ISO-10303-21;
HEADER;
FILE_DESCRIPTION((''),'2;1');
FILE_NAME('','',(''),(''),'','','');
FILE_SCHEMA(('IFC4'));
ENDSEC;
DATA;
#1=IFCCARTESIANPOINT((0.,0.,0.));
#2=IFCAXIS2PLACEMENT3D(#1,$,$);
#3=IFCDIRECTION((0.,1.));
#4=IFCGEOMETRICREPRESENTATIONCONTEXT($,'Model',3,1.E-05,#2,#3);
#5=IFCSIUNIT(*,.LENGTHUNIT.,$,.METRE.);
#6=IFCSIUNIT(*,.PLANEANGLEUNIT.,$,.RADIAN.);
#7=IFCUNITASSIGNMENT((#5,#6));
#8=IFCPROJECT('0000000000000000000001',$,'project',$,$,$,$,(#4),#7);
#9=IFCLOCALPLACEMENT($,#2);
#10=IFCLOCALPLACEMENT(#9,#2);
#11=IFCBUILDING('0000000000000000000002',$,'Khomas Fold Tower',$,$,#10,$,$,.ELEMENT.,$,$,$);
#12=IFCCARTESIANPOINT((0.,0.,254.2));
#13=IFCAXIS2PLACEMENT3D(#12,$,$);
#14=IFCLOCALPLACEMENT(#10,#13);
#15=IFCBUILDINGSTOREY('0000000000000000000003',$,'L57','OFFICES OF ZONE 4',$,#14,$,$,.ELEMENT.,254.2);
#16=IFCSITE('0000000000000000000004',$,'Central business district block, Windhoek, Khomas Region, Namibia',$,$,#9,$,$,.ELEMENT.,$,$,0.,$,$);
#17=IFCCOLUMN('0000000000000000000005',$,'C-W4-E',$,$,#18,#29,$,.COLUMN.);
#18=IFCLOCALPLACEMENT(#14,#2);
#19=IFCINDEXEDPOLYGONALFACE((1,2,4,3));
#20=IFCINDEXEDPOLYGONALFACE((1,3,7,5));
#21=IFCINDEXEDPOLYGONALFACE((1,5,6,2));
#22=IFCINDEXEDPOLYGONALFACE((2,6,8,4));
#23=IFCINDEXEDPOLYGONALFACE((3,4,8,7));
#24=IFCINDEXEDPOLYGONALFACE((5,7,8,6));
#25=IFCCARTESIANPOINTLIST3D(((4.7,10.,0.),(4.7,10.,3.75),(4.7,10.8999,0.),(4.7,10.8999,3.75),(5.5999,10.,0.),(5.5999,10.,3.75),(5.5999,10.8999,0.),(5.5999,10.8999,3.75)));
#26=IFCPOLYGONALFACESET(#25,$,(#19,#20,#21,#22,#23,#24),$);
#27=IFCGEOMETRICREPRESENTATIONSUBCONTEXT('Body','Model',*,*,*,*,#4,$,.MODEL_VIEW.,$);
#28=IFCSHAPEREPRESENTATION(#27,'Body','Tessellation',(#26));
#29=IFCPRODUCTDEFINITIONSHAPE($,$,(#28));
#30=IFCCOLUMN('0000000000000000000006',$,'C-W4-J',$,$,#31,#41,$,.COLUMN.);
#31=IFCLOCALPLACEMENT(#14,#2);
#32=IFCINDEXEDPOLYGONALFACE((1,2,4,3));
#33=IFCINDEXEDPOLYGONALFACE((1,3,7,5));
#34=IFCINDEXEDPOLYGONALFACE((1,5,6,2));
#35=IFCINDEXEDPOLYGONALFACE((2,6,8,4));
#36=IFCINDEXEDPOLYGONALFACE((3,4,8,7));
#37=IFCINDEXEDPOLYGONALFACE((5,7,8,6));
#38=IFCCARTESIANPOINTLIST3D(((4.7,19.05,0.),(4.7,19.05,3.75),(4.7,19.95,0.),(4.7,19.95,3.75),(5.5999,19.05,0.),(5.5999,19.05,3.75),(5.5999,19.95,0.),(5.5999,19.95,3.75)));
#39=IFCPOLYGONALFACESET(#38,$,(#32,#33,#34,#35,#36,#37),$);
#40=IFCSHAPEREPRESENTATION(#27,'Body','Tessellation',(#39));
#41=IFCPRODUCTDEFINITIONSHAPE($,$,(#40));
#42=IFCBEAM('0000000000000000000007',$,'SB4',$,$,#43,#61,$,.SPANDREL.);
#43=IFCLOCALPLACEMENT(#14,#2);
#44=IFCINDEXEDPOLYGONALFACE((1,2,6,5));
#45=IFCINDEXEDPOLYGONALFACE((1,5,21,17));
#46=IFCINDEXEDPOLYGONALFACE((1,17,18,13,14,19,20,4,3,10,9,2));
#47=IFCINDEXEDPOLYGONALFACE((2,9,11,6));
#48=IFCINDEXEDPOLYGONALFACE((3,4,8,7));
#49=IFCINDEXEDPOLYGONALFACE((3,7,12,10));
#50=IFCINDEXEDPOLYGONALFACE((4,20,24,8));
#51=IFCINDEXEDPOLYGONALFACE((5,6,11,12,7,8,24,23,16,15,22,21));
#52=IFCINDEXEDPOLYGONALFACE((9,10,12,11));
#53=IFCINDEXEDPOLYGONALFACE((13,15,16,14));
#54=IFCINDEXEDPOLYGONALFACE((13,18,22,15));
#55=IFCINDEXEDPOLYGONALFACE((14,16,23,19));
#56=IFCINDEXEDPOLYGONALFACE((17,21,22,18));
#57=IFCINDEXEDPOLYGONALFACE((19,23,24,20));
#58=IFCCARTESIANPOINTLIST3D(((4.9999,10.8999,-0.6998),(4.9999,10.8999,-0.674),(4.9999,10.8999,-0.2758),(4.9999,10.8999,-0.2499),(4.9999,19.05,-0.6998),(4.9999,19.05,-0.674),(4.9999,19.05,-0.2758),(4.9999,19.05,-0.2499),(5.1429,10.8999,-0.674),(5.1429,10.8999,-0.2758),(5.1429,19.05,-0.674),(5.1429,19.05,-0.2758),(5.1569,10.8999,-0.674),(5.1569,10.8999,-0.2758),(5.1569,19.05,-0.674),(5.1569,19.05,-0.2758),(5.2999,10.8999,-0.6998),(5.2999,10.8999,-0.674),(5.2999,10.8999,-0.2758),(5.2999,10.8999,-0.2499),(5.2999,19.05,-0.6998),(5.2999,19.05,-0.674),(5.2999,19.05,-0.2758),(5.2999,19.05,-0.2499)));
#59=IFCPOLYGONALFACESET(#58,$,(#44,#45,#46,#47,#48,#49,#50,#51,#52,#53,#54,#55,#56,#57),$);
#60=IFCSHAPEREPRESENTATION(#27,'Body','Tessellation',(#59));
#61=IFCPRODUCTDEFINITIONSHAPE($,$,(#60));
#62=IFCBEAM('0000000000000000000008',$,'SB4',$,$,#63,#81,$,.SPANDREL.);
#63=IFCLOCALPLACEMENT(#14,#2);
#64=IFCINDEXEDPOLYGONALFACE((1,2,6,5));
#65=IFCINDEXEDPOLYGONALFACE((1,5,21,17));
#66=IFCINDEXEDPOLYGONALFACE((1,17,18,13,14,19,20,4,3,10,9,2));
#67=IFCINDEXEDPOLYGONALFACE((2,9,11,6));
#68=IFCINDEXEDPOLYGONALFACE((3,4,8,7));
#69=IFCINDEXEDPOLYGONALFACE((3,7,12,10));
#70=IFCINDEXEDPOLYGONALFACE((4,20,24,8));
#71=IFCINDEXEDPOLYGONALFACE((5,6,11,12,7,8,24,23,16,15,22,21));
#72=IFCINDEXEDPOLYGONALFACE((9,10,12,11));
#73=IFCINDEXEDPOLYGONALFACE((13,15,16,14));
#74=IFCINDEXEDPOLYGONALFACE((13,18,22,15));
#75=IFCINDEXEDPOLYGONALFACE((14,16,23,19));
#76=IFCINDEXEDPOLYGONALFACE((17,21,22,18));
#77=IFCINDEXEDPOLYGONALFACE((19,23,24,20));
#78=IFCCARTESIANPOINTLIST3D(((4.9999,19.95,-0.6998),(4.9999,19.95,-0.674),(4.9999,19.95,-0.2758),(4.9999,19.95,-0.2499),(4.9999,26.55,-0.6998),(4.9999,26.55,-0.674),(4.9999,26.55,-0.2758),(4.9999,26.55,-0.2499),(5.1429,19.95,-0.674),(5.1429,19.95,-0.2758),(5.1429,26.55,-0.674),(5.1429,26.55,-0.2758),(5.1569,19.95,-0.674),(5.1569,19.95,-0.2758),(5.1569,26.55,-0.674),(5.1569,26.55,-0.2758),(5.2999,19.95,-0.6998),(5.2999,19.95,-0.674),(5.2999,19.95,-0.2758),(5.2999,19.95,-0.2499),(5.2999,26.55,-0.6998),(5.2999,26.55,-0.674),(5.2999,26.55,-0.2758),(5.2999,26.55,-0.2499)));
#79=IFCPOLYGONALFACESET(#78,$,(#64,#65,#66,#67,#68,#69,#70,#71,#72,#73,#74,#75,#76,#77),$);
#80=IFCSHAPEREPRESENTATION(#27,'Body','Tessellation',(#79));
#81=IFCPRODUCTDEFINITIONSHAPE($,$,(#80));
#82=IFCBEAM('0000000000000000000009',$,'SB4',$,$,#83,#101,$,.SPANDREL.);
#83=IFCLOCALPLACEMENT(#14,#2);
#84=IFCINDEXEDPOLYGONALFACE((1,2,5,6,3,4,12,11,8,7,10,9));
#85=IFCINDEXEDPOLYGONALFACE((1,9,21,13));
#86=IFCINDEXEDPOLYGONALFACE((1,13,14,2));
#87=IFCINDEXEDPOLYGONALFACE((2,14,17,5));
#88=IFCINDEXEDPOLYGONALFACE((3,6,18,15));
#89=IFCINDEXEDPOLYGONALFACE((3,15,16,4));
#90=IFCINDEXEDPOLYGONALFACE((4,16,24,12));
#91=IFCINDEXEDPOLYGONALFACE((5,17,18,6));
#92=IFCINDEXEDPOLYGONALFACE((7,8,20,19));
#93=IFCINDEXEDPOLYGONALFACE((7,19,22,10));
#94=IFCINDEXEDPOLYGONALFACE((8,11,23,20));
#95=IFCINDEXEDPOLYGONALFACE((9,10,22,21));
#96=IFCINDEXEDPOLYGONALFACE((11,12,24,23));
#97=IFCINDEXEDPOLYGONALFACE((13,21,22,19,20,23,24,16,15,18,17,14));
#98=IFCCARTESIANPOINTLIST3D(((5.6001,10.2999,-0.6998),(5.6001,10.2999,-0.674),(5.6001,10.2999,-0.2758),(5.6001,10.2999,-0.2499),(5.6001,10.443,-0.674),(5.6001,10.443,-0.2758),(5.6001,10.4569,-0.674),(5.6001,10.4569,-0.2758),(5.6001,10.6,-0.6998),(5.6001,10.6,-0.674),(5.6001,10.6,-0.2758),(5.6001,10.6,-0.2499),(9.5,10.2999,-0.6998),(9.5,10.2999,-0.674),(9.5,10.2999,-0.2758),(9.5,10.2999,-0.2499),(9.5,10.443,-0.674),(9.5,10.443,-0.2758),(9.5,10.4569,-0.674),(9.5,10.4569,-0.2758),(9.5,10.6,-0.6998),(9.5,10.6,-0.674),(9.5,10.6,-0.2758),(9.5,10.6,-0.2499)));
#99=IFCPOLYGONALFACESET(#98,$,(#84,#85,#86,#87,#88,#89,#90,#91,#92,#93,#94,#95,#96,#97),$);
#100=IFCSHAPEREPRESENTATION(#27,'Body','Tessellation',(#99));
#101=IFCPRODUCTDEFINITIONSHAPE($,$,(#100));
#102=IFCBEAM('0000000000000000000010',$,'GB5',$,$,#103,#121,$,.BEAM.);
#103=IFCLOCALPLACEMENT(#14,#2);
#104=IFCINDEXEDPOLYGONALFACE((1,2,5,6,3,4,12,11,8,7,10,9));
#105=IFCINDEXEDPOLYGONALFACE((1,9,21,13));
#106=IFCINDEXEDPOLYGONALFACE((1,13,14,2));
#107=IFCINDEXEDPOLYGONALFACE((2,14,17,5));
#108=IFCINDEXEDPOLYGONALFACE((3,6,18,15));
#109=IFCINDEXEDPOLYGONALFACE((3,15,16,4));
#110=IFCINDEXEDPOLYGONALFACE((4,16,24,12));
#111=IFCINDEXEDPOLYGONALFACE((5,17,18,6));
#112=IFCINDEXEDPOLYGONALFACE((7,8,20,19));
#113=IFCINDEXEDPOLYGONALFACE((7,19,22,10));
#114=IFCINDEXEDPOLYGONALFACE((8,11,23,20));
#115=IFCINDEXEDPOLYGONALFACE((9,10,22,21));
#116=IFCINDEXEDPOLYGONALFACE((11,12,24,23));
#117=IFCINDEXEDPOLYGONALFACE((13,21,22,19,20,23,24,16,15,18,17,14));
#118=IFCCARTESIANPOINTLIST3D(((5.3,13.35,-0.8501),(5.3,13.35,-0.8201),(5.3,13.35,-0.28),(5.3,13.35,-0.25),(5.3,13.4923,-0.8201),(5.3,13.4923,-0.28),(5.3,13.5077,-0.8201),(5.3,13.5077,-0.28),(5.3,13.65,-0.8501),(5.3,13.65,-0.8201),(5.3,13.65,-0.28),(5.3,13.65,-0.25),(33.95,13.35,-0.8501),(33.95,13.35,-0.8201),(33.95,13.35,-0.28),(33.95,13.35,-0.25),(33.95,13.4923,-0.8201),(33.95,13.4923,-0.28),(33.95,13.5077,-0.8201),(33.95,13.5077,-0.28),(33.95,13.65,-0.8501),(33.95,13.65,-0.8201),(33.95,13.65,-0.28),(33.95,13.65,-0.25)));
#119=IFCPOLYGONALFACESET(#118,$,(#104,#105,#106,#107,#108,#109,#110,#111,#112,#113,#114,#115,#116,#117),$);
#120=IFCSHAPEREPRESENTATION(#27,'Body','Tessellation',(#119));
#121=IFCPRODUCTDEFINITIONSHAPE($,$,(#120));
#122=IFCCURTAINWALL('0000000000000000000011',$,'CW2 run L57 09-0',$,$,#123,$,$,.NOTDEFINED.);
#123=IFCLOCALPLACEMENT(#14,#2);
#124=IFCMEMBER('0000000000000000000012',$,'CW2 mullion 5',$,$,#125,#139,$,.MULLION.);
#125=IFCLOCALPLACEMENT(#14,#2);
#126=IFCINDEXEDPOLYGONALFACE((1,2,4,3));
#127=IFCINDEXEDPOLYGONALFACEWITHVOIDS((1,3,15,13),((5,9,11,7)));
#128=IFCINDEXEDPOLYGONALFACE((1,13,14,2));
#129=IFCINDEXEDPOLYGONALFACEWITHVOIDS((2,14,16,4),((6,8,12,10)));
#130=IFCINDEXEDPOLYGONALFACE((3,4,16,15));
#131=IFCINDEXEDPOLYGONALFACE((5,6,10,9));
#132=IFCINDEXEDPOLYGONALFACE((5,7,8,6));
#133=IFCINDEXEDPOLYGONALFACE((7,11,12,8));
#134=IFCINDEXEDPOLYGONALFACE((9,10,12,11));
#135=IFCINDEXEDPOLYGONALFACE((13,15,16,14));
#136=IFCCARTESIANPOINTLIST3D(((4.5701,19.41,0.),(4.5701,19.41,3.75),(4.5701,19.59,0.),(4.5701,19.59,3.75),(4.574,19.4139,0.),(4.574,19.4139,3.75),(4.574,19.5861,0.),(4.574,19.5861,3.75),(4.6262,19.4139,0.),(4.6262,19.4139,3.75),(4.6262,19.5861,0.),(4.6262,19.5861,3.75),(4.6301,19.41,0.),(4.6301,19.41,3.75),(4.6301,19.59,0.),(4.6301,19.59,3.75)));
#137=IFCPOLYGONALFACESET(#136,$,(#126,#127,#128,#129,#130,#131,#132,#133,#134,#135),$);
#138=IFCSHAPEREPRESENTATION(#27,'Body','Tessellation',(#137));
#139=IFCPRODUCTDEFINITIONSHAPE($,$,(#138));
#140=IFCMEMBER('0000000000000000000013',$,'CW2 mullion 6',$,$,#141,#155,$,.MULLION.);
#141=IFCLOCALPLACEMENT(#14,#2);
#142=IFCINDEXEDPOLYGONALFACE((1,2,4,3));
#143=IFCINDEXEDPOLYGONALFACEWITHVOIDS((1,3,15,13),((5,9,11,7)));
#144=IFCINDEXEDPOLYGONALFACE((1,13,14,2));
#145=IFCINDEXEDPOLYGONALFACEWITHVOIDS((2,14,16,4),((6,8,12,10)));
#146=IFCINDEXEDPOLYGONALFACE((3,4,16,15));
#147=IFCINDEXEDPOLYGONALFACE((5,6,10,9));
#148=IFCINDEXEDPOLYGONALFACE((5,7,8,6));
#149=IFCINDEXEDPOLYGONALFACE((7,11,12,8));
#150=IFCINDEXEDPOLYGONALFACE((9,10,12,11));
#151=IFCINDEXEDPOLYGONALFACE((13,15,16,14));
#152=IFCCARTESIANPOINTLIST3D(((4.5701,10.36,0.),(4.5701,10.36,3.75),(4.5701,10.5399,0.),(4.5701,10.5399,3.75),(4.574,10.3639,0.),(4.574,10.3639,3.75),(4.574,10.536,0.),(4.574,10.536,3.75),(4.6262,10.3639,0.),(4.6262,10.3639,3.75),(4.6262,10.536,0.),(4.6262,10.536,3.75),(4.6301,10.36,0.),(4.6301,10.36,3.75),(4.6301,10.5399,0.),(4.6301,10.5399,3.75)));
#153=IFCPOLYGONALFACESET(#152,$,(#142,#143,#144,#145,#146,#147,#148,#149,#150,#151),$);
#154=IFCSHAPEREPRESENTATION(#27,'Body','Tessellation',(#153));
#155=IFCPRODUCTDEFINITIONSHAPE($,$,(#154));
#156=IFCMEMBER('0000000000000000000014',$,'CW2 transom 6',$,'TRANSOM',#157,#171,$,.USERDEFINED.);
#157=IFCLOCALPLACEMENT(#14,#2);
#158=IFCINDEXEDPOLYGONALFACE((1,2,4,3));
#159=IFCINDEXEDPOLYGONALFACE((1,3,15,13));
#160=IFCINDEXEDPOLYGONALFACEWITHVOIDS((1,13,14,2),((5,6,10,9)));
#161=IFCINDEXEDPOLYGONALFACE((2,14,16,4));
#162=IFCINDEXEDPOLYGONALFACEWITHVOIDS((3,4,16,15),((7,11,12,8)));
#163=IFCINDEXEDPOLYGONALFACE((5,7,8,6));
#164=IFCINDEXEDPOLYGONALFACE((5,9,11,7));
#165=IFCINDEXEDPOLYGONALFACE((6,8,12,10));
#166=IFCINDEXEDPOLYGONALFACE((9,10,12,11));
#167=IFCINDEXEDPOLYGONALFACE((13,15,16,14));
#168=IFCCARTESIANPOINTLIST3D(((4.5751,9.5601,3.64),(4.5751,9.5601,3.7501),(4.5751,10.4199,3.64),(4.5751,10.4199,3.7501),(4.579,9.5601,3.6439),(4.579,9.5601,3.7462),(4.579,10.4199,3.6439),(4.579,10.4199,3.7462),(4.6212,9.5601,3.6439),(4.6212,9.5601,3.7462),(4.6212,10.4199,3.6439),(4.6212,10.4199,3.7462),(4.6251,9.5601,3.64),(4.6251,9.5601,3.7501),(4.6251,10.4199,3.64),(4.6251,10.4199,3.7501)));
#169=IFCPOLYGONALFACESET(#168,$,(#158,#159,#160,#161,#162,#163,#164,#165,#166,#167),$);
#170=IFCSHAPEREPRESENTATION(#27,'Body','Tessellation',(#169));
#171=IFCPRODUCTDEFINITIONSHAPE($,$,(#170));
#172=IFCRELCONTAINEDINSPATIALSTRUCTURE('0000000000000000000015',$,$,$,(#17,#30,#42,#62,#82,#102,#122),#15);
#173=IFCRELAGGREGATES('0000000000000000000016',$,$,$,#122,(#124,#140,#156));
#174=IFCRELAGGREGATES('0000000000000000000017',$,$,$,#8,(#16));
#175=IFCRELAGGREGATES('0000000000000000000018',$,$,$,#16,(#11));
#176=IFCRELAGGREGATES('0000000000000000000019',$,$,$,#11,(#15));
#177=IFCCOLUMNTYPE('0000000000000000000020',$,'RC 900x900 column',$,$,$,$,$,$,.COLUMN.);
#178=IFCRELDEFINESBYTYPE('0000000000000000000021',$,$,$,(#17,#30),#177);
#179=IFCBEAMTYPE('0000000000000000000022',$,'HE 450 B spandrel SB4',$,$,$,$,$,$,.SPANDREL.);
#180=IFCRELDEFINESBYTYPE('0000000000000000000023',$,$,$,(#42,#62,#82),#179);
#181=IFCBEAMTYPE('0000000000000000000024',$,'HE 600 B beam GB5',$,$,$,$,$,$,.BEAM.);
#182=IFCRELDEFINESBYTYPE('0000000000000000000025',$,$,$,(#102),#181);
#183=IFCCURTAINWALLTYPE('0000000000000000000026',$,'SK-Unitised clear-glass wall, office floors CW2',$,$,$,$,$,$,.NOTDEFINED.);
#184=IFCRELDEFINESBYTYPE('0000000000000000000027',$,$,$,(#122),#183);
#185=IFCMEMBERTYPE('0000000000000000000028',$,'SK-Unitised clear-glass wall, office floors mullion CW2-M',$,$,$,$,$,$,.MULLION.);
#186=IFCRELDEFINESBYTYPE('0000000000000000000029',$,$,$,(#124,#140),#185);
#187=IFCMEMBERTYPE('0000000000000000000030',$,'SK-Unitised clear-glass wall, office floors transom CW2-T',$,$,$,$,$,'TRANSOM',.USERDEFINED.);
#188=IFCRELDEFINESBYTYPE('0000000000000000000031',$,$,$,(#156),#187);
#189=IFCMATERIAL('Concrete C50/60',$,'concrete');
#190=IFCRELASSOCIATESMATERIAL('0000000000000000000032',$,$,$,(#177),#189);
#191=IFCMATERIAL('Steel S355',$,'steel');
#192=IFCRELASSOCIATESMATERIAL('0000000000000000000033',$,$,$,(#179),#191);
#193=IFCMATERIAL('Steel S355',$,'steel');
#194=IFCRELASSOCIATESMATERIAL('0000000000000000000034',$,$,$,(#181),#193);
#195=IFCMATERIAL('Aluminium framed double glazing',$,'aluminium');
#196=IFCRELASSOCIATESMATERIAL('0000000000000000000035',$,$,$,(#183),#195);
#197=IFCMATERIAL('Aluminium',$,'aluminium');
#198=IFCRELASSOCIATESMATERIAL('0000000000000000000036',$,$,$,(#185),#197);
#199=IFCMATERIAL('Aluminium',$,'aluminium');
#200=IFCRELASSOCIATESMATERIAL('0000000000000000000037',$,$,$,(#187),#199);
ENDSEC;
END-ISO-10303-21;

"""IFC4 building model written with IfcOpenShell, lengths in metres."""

from ifc_helpers import new_model, si_unit, direction, frame, origin, origin_2d, place, context, subcontext, project, spatial, rectangle, hollow_rectangle, i_section, extrude, source, transform, mapped, material, material_profile, profile_set, type_object, element, aggregate, save


model = new_model("IFC4")

# Units and contexts
model_context = context("Model", 3, precision=1e-05, world=origin(), true_north=direction((0.0, 1.0)))
body_context = subcontext(model_context, "Body", "Model", "MODEL_VIEW")
ifc_project = project(units=[si_unit("LENGTHUNIT", "METRE"), si_unit("PLANEANGLEUNIT", "RADIAN")], contexts=[model_context])

# Site, building, storey
site_placement = place(None, origin())
site = spatial("IfcSite", under=ifc_project, at=site_placement, Name="Central business district block, Windhoek, Khomas Region, Namibia", CompositionType="ELEMENT", RefElevation=0.0)
building_placement = place(site_placement, origin())
building = spatial("IfcBuilding", under=site, at=building_placement, Name="Khomas Fold Tower", CompositionType="ELEMENT")
storey_placement = place(building_placement, frame((0.0, 0.0, 254.2)))
storey = spatial("IfcBuildingStorey", under=building, at=storey_placement, Name="L57", Description="OFFICES OF ZONE 4", CompositionType="ELEMENT", Elevation=254.2)

# Columns
ifc_material_1 = material(Name="Concrete C50/60", Category="concrete")
ifc_material_profile_1 = material_profile(ifc_material_1, rectangle(XDim=0.8999, YDim=0.8999, at=origin_2d()), Name="RC 900x900")
ifc_profile_set_1 = profile_set([ifc_material_profile_1], Name="Concrete C50/60")
column_type = type_object("IfcColumnType", Name="RC 900x900 column", PredefinedType="COLUMN", material=ifc_profile_set_1)
shared_shape_1 = source(origin(), body_context, "Body", "SweptSolid", [
    extrude(rectangle(XDim=0.8999, YDim=0.8999, at=origin_2d()), origin(), (0.0, 0.0, 1.0), 3.75),
])
for number, where, z_axis, x_axis, name in (
    (1, (5.1499, 10.45, 0.0), (0.0, 0.0, 1.0), (1.0, 0.0, 0.0), "C-W4-E"),
    (2, (5.1499, 19.5, 0.0), (0.0, 0.0, 1.0), (1.0, 0.0, 0.0), "C-W4-J"),
):
    element("IfcColumn", number, at=place(storey_placement, frame(where, z_axis=z_axis, x_axis=x_axis)), inside=storey, type_object=column_type, Name=name, PredefinedType="COLUMN", context=body_context, shape_type="MappedRepresentation", body=[
        mapped(shared_shape_1, transform((0.0, 0.0, 0.0))),
    ])

# Beams
ifc_material_2 = material(Name="Steel S355", Category="steel")
ifc_material_profile_2 = material_profile(ifc_material_2, i_section(OverallWidth=0.3, OverallDepth=0.45, WebThickness=0.0139, FlangeThickness=0.0259, at=origin_2d()), Name="HE 450 B")
ifc_profile_set_2 = profile_set([ifc_material_profile_2], Name="Steel S355")
beam_type_1 = type_object("IfcBeamType", Name="HE 450 B spandrel SB4", PredefinedType="SPANDREL", material=ifc_profile_set_2)
shared_shape_2 = source(origin(), body_context, "Body", "SweptSolid", [
    extrude(i_section(OverallWidth=0.3, OverallDepth=0.45, WebThickness=0.0139, FlangeThickness=0.0259, at=origin_2d()), origin(), (0.0, 0.0, 1.0), 8.1501),
])
beam_1_placement = place(storey_placement, frame((5.1499, 10.8999, -0.4749), z_axis=(0.0, 1.0, 0.0), x_axis=(-1.0, 0.0, 0.0)))
element("IfcBeam", 3, at=beam_1_placement, inside=storey, type_object=beam_type_1, Name="SB4", PredefinedType="SPANDREL", context=body_context, shape_type="MappedRepresentation", body=[
    mapped(shared_shape_2, transform((0.0, 0.0, 0.0))),
])
shared_shape_3 = source(origin(), body_context, "Body", "SweptSolid", [
    extrude(i_section(OverallWidth=0.3, OverallDepth=0.45, WebThickness=0.0139, FlangeThickness=0.0259, at=origin_2d()), origin(), (0.0, 0.0, 1.0), 6.6001),
])
beam_2_placement = place(storey_placement, frame((5.1499, 19.95, -0.4749), z_axis=(0.0, 1.0, 0.0), x_axis=(-1.0, 0.0, 0.0)))
element("IfcBeam", 4, at=beam_2_placement, inside=storey, type_object=beam_type_1, Name="SB4", PredefinedType="SPANDREL", context=body_context, shape_type="MappedRepresentation", body=[
    mapped(shared_shape_3, transform((0.0, 0.0, 0.0))),
])
shared_shape_4 = source(origin(), body_context, "Body", "SweptSolid", [
    extrude(i_section(OverallWidth=0.3, OverallDepth=0.45, WebThickness=0.0139, FlangeThickness=0.0259, at=origin_2d()), origin(), (0.0, 0.0, 1.0), 3.8999),
])
beam_3_placement = place(storey_placement, frame((5.6001, 10.45, -0.4749), z_axis=(1.0, 0.0, 0.0), x_axis=(0.0, 1.0, 0.0)))
element("IfcBeam", 5, at=beam_3_placement, inside=storey, type_object=beam_type_1, Name="SB4", PredefinedType="SPANDREL", context=body_context, shape_type="MappedRepresentation", body=[
    mapped(shared_shape_4, transform((0.0, 0.0, 0.0))),
])
ifc_material_3 = material(Name="Steel S355", Category="steel")
ifc_material_profile_3 = material_profile(ifc_material_3, i_section(OverallWidth=0.3, OverallDepth=0.6001, WebThickness=0.0154, FlangeThickness=0.03, at=origin_2d()), Name="HE 600 B")
ifc_profile_set_3 = profile_set([ifc_material_profile_3], Name="Steel S355")
beam_type_2 = type_object("IfcBeamType", Name="HE 600 B beam GB5", PredefinedType="BEAM", material=ifc_profile_set_3)
shared_shape_5 = source(origin(), body_context, "Body", "SweptSolid", [
    extrude(i_section(OverallWidth=0.3, OverallDepth=0.6001, WebThickness=0.0154, FlangeThickness=0.03, at=origin_2d()), origin(), (0.0, 0.0, 1.0), 28.6499),
])
beam_4_placement = place(storey_placement, frame((5.3, 13.5, -0.55), z_axis=(1.0, 0.0, 0.0), x_axis=(0.0, 1.0, 0.0)))
element("IfcBeam", 6, at=beam_4_placement, inside=storey, type_object=beam_type_2, Name="GB5", PredefinedType="BEAM", context=body_context, shape_type="MappedRepresentation", body=[
    mapped(shared_shape_5, transform((0.0, 0.0, 0.0))),
])

# Curtain wall, members
ifc_material_4 = material(Name="Aluminium framed double glazing", Category="aluminium")
curtain_wall_type = type_object("IfcCurtainWallType", Name="SK-Unitised clear-glass wall, office floors CW2", PredefinedType="NOTDEFINED", material=ifc_material_4)
curtain_wall_placement = place(storey_placement, origin())
curtain_wall = element("IfcCurtainWall", 7, at=curtain_wall_placement, inside=storey, type_object=curtain_wall_type, Name="CW2 run L57 09-0", PredefinedType="NOTDEFINED")
ifc_material_5 = material(Name="Aluminium", Category="aluminium")
ifc_material_profile_4 = material_profile(ifc_material_5, hollow_rectangle(XDim=0.0601, YDim=0.1799, WallThickness=0.0039, at=origin_2d()), Name="SK-Unitised clear-glass wall, office floors mullion CW2-M")
ifc_profile_set_4 = profile_set([ifc_material_profile_4], Name="Aluminium")
member_type_1 = type_object("IfcMemberType", Name="SK-Unitised clear-glass wall, office floors mullion CW2-M", PredefinedType="MULLION", material=ifc_profile_set_4)
shared_shape_6 = source(origin(), body_context, "Body", "SweptSolid", [
    extrude(hollow_rectangle(XDim=0.0601, YDim=0.1799, WallThickness=0.0039, at=origin_2d()), origin(), (0.0, 0.0, 1.0), 3.75),
])
member_1_placement = place(storey_placement, frame((4.6001, 19.5, 0.0), z_axis=(0.0, 0.0, 1.0), x_axis=(1.0, 0.0, 0.0)))
member_1 = element("IfcMember", 8, at=member_1_placement, type_object=member_type_1, Name="CW2 mullion 5", PredefinedType="MULLION", context=body_context, shape_type="MappedRepresentation", body=[
    mapped(shared_shape_6, transform((0.0, 0.0, 0.0))),
])
member_2_placement = place(storey_placement, frame((4.6001, 10.45, 0.0), z_axis=(0.0, 0.0, 1.0), x_axis=(1.0, 0.0, 0.0)))
member_2 = element("IfcMember", 9, at=member_2_placement, type_object=member_type_1, Name="CW2 mullion 6", PredefinedType="MULLION", context=body_context, shape_type="MappedRepresentation", body=[
    mapped(shared_shape_6, transform((0.0, 0.0, 0.0))),
])
ifc_material_6 = material(Name="Aluminium", Category="aluminium")
ifc_material_profile_5 = material_profile(ifc_material_6, hollow_rectangle(XDim=0.05, YDim=0.1101, WallThickness=0.0039, at=origin_2d()), Name="SK-Unitised clear-glass wall, office floors transom CW2-T")
ifc_profile_set_5 = profile_set([ifc_material_profile_5], Name="Aluminium")
member_type_2 = type_object("IfcMemberType", Name="SK-Unitised clear-glass wall, office floors transom CW2-T", ElementType="TRANSOM", PredefinedType="USERDEFINED", material=ifc_profile_set_5)
shared_shape_7 = source(origin(), body_context, "Body", "SweptSolid", [
    extrude(hollow_rectangle(XDim=0.05, YDim=0.1101, WallThickness=0.0039, at=origin_2d()), origin(), (0.0, 0.0, 1.0), 0.8599),
])
member_3_placement = place(storey_placement, frame((4.6001, 10.4199, 3.6951), z_axis=(0.0, -1.0, 0.0), x_axis=(1.0, 0.0, 0.0)))
member_3 = element("IfcMember", 10, at=member_3_placement, type_object=member_type_2, Name="CW2 transom 6", ObjectType="TRANSOM", PredefinedType="USERDEFINED", context=body_context, shape_type="MappedRepresentation", body=[
    mapped(shared_shape_7, transform((0.0, 0.0, 0.0))),
])
aggregate(curtain_wall, [member_1, member_2, member_3])

save(model, "model.ifc")
